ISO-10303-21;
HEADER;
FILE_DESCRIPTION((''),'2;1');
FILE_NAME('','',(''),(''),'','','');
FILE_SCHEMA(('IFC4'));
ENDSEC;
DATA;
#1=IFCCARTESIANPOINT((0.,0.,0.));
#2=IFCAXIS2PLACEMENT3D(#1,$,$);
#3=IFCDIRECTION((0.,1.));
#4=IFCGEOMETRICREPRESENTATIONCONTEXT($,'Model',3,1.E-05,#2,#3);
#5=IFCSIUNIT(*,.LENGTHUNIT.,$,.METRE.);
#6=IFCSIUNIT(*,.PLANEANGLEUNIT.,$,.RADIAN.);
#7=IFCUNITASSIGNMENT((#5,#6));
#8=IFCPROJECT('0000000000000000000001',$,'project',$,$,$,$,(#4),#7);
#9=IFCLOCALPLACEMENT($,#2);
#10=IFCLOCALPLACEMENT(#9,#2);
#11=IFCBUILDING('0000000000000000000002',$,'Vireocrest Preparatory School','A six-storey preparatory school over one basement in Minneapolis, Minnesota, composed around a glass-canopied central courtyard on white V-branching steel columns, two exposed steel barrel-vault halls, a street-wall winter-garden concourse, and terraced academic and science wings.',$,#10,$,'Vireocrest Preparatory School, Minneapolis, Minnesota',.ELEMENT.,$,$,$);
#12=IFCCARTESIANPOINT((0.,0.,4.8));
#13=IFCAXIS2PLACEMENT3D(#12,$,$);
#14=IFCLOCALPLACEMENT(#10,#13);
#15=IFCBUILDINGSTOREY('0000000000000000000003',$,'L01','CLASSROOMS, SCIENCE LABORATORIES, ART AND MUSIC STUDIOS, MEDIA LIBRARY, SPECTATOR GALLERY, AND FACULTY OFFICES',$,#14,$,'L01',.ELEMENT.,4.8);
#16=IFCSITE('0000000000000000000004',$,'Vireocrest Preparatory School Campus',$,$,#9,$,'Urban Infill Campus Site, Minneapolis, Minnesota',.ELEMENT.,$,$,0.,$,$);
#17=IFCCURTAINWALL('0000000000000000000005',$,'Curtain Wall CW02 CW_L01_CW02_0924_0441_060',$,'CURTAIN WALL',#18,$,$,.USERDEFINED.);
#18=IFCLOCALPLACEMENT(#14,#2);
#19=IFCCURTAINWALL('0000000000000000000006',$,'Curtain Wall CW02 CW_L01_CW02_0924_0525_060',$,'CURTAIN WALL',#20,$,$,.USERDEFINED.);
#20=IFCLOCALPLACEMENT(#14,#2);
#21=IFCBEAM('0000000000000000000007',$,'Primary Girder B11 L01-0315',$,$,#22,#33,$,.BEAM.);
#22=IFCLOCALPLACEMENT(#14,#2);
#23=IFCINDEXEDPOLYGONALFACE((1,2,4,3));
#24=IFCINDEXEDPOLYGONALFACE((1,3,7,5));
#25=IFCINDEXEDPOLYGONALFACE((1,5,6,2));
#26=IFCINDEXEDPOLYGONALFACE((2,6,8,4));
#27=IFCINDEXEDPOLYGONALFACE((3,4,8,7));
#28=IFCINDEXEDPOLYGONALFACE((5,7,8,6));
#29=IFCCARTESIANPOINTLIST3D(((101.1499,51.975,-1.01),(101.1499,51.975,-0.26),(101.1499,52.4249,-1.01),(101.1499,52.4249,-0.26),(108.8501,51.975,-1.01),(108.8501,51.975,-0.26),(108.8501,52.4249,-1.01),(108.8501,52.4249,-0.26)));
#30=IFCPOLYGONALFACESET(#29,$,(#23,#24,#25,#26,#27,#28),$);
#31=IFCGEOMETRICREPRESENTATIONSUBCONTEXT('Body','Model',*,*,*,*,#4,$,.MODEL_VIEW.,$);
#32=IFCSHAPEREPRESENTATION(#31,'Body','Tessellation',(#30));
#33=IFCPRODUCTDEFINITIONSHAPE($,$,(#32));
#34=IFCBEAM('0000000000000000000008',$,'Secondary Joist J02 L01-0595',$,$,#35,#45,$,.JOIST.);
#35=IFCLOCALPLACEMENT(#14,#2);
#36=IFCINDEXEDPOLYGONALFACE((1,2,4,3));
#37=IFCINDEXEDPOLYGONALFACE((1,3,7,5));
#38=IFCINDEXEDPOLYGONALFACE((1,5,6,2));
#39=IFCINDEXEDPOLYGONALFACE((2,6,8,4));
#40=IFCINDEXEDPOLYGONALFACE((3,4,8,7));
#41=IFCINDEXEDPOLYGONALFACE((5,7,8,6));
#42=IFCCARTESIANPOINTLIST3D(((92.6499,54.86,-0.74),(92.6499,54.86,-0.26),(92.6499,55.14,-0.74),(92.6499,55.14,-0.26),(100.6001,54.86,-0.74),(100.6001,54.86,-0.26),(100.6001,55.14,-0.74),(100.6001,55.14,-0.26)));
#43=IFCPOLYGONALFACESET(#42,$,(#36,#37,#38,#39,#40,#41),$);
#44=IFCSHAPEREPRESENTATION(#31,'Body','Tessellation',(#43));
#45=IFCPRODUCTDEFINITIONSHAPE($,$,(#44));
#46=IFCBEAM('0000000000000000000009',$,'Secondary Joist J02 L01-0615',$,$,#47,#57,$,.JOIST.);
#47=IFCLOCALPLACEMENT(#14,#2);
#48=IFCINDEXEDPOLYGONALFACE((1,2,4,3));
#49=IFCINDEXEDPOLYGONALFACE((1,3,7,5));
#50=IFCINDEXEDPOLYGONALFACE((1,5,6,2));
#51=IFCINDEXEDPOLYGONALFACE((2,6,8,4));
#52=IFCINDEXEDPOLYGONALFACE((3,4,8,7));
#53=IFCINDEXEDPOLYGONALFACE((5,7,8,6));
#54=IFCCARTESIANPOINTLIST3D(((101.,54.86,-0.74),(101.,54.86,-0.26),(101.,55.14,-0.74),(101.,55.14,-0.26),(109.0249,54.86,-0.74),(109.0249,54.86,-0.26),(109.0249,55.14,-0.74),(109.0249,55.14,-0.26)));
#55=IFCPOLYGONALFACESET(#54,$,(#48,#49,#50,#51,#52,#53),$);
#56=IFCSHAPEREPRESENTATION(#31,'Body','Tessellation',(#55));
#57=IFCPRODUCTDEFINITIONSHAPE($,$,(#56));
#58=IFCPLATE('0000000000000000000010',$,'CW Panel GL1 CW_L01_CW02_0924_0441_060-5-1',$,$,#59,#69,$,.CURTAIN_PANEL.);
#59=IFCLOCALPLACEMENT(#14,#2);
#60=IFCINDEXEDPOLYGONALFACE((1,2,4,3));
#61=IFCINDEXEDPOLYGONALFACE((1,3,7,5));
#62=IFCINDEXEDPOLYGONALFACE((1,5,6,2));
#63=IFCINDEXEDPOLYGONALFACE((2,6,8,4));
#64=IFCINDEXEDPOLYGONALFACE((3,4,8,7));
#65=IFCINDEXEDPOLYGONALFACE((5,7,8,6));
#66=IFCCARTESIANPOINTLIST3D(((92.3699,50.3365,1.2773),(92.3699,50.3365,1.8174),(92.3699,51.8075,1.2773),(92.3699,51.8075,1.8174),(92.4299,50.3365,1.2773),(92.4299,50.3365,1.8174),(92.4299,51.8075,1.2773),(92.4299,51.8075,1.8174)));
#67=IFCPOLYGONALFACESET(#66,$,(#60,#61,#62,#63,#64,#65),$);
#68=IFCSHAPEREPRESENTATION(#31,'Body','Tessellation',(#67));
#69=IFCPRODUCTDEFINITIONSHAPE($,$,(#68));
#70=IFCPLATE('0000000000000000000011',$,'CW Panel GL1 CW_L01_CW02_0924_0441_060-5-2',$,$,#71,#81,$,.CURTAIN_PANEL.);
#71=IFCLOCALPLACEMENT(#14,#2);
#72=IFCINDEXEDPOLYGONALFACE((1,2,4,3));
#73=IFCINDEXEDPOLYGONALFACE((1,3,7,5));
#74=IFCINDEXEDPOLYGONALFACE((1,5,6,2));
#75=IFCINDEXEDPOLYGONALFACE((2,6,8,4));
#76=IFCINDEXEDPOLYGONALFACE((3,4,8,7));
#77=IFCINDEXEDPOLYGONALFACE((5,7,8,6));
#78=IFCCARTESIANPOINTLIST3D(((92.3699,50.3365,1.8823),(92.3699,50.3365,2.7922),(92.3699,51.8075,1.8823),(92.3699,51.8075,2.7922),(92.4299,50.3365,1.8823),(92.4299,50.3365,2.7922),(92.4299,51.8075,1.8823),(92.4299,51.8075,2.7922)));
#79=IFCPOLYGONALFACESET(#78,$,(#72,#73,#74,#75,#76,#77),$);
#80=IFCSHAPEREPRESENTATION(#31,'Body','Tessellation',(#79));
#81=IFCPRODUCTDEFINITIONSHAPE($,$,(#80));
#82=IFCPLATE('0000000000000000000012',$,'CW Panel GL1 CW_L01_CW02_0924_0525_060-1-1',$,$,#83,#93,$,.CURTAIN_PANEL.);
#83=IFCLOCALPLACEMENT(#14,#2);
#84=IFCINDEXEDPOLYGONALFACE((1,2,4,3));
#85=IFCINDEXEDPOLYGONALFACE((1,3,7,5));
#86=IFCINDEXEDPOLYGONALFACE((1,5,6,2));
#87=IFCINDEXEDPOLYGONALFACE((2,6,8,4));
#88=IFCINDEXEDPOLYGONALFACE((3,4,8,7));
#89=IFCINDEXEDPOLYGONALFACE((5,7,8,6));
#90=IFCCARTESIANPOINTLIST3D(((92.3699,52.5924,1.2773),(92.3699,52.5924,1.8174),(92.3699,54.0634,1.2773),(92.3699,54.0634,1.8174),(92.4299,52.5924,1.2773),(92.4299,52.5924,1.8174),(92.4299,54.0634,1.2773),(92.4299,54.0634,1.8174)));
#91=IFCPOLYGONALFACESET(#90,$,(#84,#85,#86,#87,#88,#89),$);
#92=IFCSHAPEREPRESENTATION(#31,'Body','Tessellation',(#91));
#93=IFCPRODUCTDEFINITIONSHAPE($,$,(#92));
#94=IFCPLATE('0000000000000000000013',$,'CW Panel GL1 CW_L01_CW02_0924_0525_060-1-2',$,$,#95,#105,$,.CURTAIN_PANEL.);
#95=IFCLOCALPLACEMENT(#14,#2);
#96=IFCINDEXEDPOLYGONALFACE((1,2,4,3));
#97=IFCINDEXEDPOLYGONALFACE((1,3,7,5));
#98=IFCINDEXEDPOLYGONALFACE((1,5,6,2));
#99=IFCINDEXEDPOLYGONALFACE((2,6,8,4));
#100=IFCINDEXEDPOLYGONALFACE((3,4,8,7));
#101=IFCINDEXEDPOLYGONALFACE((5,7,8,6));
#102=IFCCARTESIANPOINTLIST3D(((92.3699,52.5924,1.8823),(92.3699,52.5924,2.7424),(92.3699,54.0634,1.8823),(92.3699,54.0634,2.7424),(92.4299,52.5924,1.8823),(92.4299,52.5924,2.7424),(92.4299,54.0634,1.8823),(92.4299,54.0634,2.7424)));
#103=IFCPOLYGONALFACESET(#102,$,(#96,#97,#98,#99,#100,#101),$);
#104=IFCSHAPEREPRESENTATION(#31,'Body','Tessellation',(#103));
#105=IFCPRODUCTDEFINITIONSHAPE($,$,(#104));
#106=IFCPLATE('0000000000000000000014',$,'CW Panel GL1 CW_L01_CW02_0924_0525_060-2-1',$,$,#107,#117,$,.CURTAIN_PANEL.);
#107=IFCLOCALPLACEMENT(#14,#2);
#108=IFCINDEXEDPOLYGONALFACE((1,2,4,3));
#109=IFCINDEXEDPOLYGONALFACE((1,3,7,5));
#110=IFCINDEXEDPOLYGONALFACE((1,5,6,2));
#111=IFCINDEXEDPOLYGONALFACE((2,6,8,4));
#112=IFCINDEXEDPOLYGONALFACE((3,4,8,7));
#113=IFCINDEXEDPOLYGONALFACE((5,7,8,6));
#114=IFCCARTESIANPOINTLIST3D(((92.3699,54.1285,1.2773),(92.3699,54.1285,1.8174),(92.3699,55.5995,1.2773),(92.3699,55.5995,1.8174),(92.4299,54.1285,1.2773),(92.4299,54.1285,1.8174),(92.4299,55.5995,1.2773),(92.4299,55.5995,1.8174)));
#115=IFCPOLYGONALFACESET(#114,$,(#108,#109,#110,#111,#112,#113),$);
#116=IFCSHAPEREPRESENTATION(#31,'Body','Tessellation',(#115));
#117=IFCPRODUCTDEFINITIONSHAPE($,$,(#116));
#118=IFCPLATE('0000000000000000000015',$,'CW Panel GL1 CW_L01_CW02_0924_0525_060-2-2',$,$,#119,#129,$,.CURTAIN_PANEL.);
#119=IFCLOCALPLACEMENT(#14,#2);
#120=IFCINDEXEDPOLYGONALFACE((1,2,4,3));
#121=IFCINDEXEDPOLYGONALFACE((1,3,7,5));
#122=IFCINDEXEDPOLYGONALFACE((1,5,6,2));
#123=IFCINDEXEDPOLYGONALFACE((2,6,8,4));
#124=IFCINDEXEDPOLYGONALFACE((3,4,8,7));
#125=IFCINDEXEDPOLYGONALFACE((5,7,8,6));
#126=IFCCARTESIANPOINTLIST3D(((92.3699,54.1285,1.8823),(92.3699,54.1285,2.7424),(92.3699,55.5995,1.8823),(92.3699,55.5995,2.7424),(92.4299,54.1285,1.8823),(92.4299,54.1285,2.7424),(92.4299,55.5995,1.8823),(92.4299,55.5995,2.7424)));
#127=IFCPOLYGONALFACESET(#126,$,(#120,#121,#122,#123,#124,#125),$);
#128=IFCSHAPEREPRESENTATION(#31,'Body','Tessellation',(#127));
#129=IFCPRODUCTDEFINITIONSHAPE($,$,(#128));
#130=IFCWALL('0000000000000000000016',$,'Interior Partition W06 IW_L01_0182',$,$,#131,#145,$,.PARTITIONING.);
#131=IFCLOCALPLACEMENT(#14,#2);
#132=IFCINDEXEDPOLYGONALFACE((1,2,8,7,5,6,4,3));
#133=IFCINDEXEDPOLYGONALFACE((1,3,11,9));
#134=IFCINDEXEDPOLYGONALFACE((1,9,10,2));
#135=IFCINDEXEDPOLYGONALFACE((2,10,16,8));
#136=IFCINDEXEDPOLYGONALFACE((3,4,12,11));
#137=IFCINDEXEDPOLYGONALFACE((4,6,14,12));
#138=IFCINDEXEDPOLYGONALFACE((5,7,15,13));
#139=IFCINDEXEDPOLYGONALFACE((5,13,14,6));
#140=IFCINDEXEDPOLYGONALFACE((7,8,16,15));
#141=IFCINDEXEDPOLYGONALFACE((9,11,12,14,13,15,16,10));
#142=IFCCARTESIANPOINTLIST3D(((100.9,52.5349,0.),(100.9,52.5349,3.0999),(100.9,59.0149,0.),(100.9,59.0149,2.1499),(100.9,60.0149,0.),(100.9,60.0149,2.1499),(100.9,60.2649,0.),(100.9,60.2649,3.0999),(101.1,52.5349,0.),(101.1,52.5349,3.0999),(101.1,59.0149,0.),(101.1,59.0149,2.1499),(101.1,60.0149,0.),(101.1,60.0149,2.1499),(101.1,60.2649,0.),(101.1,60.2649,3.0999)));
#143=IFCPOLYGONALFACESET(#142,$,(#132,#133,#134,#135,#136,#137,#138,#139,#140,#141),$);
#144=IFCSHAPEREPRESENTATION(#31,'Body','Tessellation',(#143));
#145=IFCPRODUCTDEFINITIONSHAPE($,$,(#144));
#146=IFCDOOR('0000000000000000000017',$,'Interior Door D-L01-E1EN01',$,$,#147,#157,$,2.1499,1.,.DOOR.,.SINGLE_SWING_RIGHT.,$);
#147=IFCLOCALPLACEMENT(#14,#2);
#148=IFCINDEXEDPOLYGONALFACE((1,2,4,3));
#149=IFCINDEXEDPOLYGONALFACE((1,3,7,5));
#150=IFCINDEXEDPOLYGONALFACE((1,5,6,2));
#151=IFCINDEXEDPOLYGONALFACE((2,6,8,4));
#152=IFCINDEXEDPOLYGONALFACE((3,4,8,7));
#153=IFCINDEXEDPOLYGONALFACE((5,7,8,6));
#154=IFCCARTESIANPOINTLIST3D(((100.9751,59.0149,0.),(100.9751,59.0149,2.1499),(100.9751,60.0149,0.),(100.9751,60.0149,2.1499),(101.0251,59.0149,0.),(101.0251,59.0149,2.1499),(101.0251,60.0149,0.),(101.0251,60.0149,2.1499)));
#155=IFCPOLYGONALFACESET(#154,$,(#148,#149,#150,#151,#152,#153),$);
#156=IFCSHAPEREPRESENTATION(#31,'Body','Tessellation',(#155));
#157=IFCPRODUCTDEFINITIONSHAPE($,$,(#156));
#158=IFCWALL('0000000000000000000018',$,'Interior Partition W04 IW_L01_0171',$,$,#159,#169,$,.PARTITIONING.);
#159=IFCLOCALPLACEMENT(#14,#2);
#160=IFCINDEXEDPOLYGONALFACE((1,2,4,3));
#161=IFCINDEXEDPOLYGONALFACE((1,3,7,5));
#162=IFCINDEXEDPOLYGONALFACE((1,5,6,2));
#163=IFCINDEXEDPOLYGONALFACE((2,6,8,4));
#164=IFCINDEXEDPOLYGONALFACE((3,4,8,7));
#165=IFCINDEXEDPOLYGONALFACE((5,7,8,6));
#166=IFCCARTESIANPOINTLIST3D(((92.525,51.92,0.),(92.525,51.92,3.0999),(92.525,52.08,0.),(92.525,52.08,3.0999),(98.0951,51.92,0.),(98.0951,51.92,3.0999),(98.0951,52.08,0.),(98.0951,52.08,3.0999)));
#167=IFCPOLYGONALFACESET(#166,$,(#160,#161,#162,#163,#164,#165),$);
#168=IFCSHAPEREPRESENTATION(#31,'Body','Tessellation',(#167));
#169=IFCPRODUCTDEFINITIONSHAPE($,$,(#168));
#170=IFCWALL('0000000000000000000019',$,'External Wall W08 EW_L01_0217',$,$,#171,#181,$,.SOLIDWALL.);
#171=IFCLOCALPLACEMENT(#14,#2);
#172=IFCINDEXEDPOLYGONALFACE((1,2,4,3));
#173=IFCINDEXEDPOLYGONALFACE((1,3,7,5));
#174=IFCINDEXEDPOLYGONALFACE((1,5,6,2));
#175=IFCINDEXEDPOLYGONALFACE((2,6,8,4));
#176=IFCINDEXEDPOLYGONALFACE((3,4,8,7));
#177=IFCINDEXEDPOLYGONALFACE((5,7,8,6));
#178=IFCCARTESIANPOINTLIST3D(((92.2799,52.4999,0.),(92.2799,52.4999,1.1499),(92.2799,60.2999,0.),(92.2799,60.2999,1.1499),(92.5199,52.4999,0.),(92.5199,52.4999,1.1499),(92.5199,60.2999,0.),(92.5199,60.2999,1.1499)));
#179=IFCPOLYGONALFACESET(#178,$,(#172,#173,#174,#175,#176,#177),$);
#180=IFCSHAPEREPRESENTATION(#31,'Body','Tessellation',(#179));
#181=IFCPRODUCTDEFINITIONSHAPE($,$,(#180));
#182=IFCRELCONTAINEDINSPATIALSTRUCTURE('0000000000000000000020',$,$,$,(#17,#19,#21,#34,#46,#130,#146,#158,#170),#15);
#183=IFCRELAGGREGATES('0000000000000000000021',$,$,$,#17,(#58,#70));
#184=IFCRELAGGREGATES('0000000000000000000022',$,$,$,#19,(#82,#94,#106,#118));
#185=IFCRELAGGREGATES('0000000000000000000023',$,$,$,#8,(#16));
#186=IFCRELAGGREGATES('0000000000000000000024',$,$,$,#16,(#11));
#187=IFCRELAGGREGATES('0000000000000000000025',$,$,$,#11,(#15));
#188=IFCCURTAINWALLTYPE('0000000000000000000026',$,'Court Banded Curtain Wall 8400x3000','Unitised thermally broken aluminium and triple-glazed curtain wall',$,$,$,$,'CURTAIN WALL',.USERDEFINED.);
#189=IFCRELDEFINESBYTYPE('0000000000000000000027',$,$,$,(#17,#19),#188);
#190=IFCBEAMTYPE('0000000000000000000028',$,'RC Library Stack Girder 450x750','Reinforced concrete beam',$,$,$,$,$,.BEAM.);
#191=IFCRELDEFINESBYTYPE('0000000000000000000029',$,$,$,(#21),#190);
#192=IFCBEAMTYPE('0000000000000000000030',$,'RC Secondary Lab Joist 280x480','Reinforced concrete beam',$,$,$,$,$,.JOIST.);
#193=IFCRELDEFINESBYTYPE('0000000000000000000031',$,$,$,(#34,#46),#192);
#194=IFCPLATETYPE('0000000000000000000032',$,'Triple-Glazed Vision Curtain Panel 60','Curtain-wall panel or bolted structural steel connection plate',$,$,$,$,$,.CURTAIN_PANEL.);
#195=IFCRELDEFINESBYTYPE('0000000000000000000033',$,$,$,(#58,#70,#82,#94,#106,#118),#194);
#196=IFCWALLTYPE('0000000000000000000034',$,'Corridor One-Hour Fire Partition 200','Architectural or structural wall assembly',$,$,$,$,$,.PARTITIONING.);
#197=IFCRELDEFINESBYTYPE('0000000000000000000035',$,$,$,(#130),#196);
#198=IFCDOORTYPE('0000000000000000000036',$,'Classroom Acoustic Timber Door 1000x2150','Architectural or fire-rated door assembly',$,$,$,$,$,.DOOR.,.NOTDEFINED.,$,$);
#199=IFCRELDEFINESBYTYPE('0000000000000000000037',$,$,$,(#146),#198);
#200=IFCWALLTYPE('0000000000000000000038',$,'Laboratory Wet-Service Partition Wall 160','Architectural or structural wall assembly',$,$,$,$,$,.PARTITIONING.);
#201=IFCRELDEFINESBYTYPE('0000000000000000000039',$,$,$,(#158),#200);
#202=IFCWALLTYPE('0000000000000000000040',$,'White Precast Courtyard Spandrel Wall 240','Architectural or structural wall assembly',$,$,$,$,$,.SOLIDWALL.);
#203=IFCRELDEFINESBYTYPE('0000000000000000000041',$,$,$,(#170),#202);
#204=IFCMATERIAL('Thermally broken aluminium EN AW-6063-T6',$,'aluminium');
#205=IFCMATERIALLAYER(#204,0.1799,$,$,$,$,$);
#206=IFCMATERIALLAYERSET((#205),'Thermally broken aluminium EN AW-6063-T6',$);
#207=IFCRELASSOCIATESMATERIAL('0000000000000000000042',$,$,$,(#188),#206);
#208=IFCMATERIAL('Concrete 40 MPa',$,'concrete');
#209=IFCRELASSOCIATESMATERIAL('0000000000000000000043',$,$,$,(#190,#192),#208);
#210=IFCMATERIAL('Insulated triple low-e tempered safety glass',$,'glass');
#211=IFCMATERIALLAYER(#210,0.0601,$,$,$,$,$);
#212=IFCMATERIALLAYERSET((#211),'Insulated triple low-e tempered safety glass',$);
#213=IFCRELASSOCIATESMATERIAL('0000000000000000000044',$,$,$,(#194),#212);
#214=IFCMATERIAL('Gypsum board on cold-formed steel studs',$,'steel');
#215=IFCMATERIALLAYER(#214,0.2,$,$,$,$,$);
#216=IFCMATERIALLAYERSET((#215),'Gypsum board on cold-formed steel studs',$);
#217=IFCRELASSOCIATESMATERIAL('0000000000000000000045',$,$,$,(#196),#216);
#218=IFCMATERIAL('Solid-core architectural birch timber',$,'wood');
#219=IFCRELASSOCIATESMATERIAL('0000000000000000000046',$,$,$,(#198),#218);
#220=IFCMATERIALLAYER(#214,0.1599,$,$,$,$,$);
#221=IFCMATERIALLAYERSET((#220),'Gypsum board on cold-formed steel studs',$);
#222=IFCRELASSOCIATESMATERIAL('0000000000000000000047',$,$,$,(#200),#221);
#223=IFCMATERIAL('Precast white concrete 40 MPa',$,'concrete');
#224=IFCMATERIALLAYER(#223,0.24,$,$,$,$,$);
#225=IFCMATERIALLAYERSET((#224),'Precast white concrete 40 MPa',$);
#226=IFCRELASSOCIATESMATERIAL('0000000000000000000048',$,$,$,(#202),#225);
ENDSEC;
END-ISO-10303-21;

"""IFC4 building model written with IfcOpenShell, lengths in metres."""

from ifc_helpers import new_model, si_unit, direction, frame, frame_2d, origin, origin_2d, place, context, subcontext, project, spatial, rectangle, extrude, material, layer, layer_set, material_profile, profile_set, type_object, element, fill, aggregate, save


model = new_model("IFC4")

# Units and contexts
model_context = context("Model", 3, precision=1e-05, world=origin(), true_north=direction((0.0, 1.0)))
body_context = subcontext(model_context, "Body", "Model", "MODEL_VIEW")
ifc_project = project(units=[si_unit("LENGTHUNIT", "METRE"), si_unit("PLANEANGLEUNIT", "RADIAN")], contexts=[model_context])

# Site, building, storey
site_placement = place(None, origin())
site = spatial("IfcSite", under=ifc_project, at=site_placement, Name="Vireocrest Preparatory School Campus", LongName="Urban Infill Campus Site, Minneapolis, Minnesota", CompositionType="ELEMENT", RefElevation=0.0)
building_placement = place(site_placement, origin())
building = spatial("IfcBuilding", under=site, at=building_placement, Name="Vireocrest Preparatory School", Description="A six-storey preparatory school over one basement in Minneapolis, Minnesota, composed around a glass-canopied central courtyard on white V-branching steel columns, two exposed steel barrel-vault halls, a street-wall winter-garden concourse, and terraced academic and science wings.", LongName="Vireocrest Preparatory School, Minneapolis, Minnesota", CompositionType="ELEMENT")
storey_placement = place(building_placement, frame((0.0, 0.0, 4.8)))
storey = spatial("IfcBuildingStorey", under=building, at=storey_placement, Name="L01", Description="CLASSROOMS, SCIENCE LABORATORIES, ART AND MUSIC STUDIOS, MEDIA LIBRARY, SPECTATOR GALLERY, AND FACULTY OFFICES", LongName="L01", CompositionType="ELEMENT", Elevation=4.8)

# Curtain wall
ifc_material_1 = material(Name="Thermally broken aluminium EN AW-6063-T6", Category="aluminium")
ifc_layer_1 = layer(ifc_material_1, 0.1799)
ifc_layer_set_1 = layer_set([ifc_layer_1], Name="Thermally broken aluminium EN AW-6063-T6")
curtain_wall_type = type_object("IfcCurtainWallType", Name="Court Banded Curtain Wall 8400x3000", Description="Unitised thermally broken aluminium and triple-glazed curtain wall", ElementType="CURTAIN WALL", PredefinedType="USERDEFINED", material=ifc_layer_set_1)
curtain_wall_1_placement = place(storey_placement, origin())
curtain_wall_1 = element("IfcCurtainWall", 1, at=curtain_wall_1_placement, inside=storey, type_object=curtain_wall_type, Name="Curtain Wall CW02 CW_L01_CW02_0924_0441_060", ObjectType="CURTAIN WALL", PredefinedType="USERDEFINED")

# Curtain wall
curtain_wall_2_placement = place(storey_placement, origin())
curtain_wall_2 = element("IfcCurtainWall", 2, at=curtain_wall_2_placement, inside=storey, type_object=curtain_wall_type, Name="Curtain Wall CW02 CW_L01_CW02_0924_0525_060", ObjectType="CURTAIN WALL", PredefinedType="USERDEFINED")

# Beams
ifc_material_2 = material(Name="Concrete 40 MPa", Category="concrete")
ifc_material_profile_1 = material_profile(ifc_material_2, rectangle(XDim=0.45, YDim=0.75, at=origin_2d()), Name="RC 450x750")
ifc_profile_set_1 = profile_set([ifc_material_profile_1], Name="Concrete 40 MPa")
beam_type_1 = type_object("IfcBeamType", Name="RC Library Stack Girder 450x750", Description="Reinforced concrete beam", PredefinedType="BEAM", material=ifc_profile_set_1)
beam_1_placement = place(storey_placement, frame((101.1499, 52.2, -0.635), z_axis=(1.0, 0.0, 0.0), x_axis=(0.0, 1.0, 0.0)))
element("IfcBeam", 3, at=beam_1_placement, inside=storey, type_object=beam_type_1, Name="Primary Girder B11 L01-0315", PredefinedType="BEAM", context=body_context, shape_type="SweptSolid", body=[
    extrude(rectangle(XDim=0.45, YDim=0.75, at=origin_2d()), origin(), (0.0, 0.0, 1.0), 7.7002),
])
ifc_material_profile_2 = material_profile(ifc_material_2, rectangle(XDim=0.28, YDim=0.48, at=origin_2d()), Name="RC 280x480")
ifc_profile_set_2 = profile_set([ifc_material_profile_2], Name="Concrete 40 MPa")
beam_type_2 = type_object("IfcBeamType", Name="RC Secondary Lab Joist 280x480", Description="Reinforced concrete beam", PredefinedType="JOIST", material=ifc_profile_set_2)
beam_2_placement = place(storey_placement, frame((92.6499, 55.0, -0.5), z_axis=(1.0, 0.0, 0.0), x_axis=(0.0, 1.0, 0.0)))
element("IfcBeam", 4, at=beam_2_placement, inside=storey, type_object=beam_type_2, Name="Secondary Joist J02 L01-0595", PredefinedType="JOIST", context=body_context, shape_type="SweptSolid", body=[
    extrude(rectangle(XDim=0.28, YDim=0.48, at=origin_2d()), origin(), (0.0, 0.0, 1.0), 7.9502),
])
beam_3_placement = place(storey_placement, frame((101.0, 55.0, -0.5), z_axis=(1.0, 0.0, 0.0), x_axis=(0.0, 1.0, 0.0)))
element("IfcBeam", 5, at=beam_3_placement, inside=storey, type_object=beam_type_2, Name="Secondary Joist J02 L01-0615", PredefinedType="JOIST", context=body_context, shape_type="SweptSolid", body=[
    extrude(rectangle(XDim=0.28, YDim=0.48, at=origin_2d()), origin(), (0.0, 0.0, 1.0), 8.0249),
])

# Plates
ifc_material_3 = material(Name="Insulated triple low-e tempered safety glass", Category="glass")
ifc_layer_2 = layer(ifc_material_3, 0.0601)
ifc_layer_set_2 = layer_set([ifc_layer_2], Name="Insulated triple low-e tempered safety glass")
plate_type = type_object("IfcPlateType", Name="Triple-Glazed Vision Curtain Panel 60", Description="Curtain-wall panel or bolted structural steel connection plate", PredefinedType="CURTAIN_PANEL", material=ifc_layer_set_2)
plate_1_placement = place(storey_placement, frame((92.3999, 51.072, 1.2773), z_axis=(0.0, 0.0, 1.0), x_axis=(0.0, 1.0, 0.0)))
plate_1 = element("IfcPlate", 6, at=plate_1_placement, type_object=plate_type, Name="CW Panel GL1 CW_L01_CW02_0924_0441_060-5-1", PredefinedType="CURTAIN_PANEL", context=body_context, shape_type="SweptSolid", body=[
    extrude(rectangle(XDim=1.4709, YDim=0.0601, at=origin_2d()), origin(), (0.0, 0.0, 1.0), 0.54),
])
plate_2_placement = place(storey_placement, frame((92.3999, 51.072, 1.8823), z_axis=(0.0, 0.0, 1.0), x_axis=(0.0, 1.0, 0.0)))
plate_2 = element("IfcPlate", 7, at=plate_2_placement, type_object=plate_type, Name="CW Panel GL1 CW_L01_CW02_0924_0441_060-5-2", PredefinedType="CURTAIN_PANEL", context=body_context, shape_type="SweptSolid", body=[
    extrude(rectangle(XDim=1.4709, YDim=0.0601, at=origin_2d()), origin(), (0.0, 0.0, 1.0), 0.9099),
])
aggregate(curtain_wall_1, [plate_1, plate_2])
plate_3_placement = place(storey_placement, frame((92.3999, 53.3279, 1.2773), z_axis=(0.0, 0.0, 1.0), x_axis=(0.0, 1.0, 0.0)))
plate_3 = element("IfcPlate", 8, at=plate_3_placement, type_object=plate_type, Name="CW Panel GL1 CW_L01_CW02_0924_0525_060-1-1", PredefinedType="CURTAIN_PANEL", context=body_context, shape_type="SweptSolid", body=[
    extrude(rectangle(XDim=1.4709, YDim=0.0601, at=origin_2d()), origin(), (0.0, 0.0, 1.0), 0.54),
])
plate_4_placement = place(storey_placement, frame((92.3999, 53.3279, 1.8823), z_axis=(0.0, 0.0, 1.0), x_axis=(0.0, 1.0, 0.0)))
plate_4 = element("IfcPlate", 9, at=plate_4_placement, type_object=plate_type, Name="CW Panel GL1 CW_L01_CW02_0924_0525_060-1-2", PredefinedType="CURTAIN_PANEL", context=body_context, shape_type="SweptSolid", body=[
    extrude(rectangle(XDim=1.4709, YDim=0.0601, at=origin_2d()), origin(), (0.0, 0.0, 1.0), 0.8601),
])
plate_5_placement = place(storey_placement, frame((92.3999, 54.864, 1.2773), z_axis=(0.0, 0.0, 1.0), x_axis=(0.0, 1.0, 0.0)))
plate_5 = element("IfcPlate", 10, at=plate_5_placement, type_object=plate_type, Name="CW Panel GL1 CW_L01_CW02_0924_0525_060-2-1", PredefinedType="CURTAIN_PANEL", context=body_context, shape_type="SweptSolid", body=[
    extrude(rectangle(XDim=1.4709, YDim=0.0601, at=origin_2d()), origin(), (0.0, 0.0, 1.0), 0.54),
])
plate_6_placement = place(storey_placement, frame((92.3999, 54.864, 1.8823), z_axis=(0.0, 0.0, 1.0), x_axis=(0.0, 1.0, 0.0)))
plate_6 = element("IfcPlate", 11, at=plate_6_placement, type_object=plate_type, Name="CW Panel GL1 CW_L01_CW02_0924_0525_060-2-2", PredefinedType="CURTAIN_PANEL", context=body_context, shape_type="SweptSolid", body=[
    extrude(rectangle(XDim=1.4709, YDim=0.0601, at=origin_2d()), origin(), (0.0, 0.0, 1.0), 0.8601),
])
aggregate(curtain_wall_2, [plate_3, plate_4, plate_5, plate_6])

# Wall, opening, door
ifc_material_4 = material(Name="Gypsum board on cold-formed steel studs", Category="steel")
ifc_layer_3 = layer(ifc_material_4, 0.2)
ifc_layer_set_3 = layer_set([ifc_layer_3], Name="Gypsum board on cold-formed steel studs")
wall_type_1 = type_object("IfcWallType", Name="Corridor One-Hour Fire Partition 200", Description="Architectural or structural wall assembly", PredefinedType="PARTITIONING", material=ifc_layer_set_3)
wall_1_placement = place(storey_placement, frame((101.0, 52.5349, 0.0), z_axis=(0.0, 0.0, 1.0), x_axis=(0.0, 1.0, 0.0)))
wall_1 = element("IfcWall", 12, at=wall_1_placement, inside=storey, type_object=wall_type_1, Name="Interior Partition W06 IW_L01_0182", PredefinedType="PARTITIONING", context=body_context, shape_type="SweptSolid", body=[
    extrude(rectangle(XDim=7.73, YDim=0.2, at=frame_2d((3.865, 0.0))), origin(), (0.0, 0.0, 1.0), 3.0999),
])
opening_placement = place(wall_1_placement, frame((6.48, 0.0, 0.0)))
opening = element("IfcOpeningElement", 13, at=opening_placement, cuts=wall_1, PredefinedType="OPENING", context=body_context, shape_type="SweptSolid", body=[
    extrude(rectangle(XDim=1.0, YDim=2.1499, at=frame_2d((0.5, 1.075))), frame((0.0, 0.1099, 0.0), z_axis=(0.0, -1.0, 0.0), x_axis=(1.0, 0.0, 0.0)), (0.0, 0.0, 1.0), 0.22),
])
ifc_material_5 = material(Name="Solid-core architectural birch timber", Category="wood")
door_type = type_object("IfcDoorType", Name="Classroom Acoustic Timber Door 1000x2150", Description="Architectural or fire-rated door assembly", OperationType="NOTDEFINED", PredefinedType="DOOR", material=ifc_material_5)
door_placement = place(opening_placement, origin())
door = element("IfcDoor", 14, at=door_placement, inside=storey, type_object=door_type, Name="Interior Door D-L01-E1EN01", OperationType="SINGLE_SWING_RIGHT", OverallHeight=2.1499, OverallWidth=1.0, PredefinedType="DOOR", context=body_context, shape_type="SweptSolid", body=[
    extrude(rectangle(XDim=1.0, YDim=2.1499, at=frame_2d((0.5, 1.075))), frame((0.0, 0.0249, 0.0), z_axis=(0.0, -1.0, 0.0), x_axis=(1.0, 0.0, 0.0)), (0.0, 0.0, 1.0), 0.05),
])
fill(opening, door)

# Walls
ifc_layer_4 = layer(ifc_material_4, 0.1599)
ifc_layer_set_4 = layer_set([ifc_layer_4], Name="Gypsum board on cold-formed steel studs")
wall_type_2 = type_object("IfcWallType", Name="Laboratory Wet-Service Partition Wall 160", Description="Architectural or structural wall assembly", PredefinedType="PARTITIONING", material=ifc_layer_set_4)
wall_2_placement = place(storey_placement, frame((92.5249, 52.0, 0.0), z_axis=(0.0, 0.0, 1.0), x_axis=(1.0, 0.0, 0.0)))
element("IfcWall", 15, at=wall_2_placement, inside=storey, type_object=wall_type_2, Name="Interior Partition W04 IW_L01_0171", PredefinedType="PARTITIONING", context=body_context, shape_type="SweptSolid", body=[
    extrude(rectangle(XDim=5.5701, YDim=0.1599, at=frame_2d((2.7852, 0.0))), origin(), (0.0, 0.0, 1.0), 3.0999),
])
ifc_material_6 = material(Name="Precast white concrete 40 MPa", Category="concrete")
ifc_layer_5 = layer(ifc_material_6, 0.24)
ifc_layer_set_5 = layer_set([ifc_layer_5], Name="Precast white concrete 40 MPa")
wall_type_3 = type_object("IfcWallType", Name="White Precast Courtyard Spandrel Wall 240", Description="Architectural or structural wall assembly", PredefinedType="SOLIDWALL", material=ifc_layer_set_5)
wall_3_placement = place(storey_placement, frame((92.3999, 52.5, 0.0), z_axis=(0.0, 0.0, 1.0), x_axis=(0.0, 1.0, 0.0)))
element("IfcWall", 16, at=wall_3_placement, inside=storey, type_object=wall_type_3, Name="External Wall W08 EW_L01_0217", PredefinedType="SOLIDWALL", context=body_context, shape_type="SweptSolid", body=[
    extrude(rectangle(XDim=7.8, YDim=0.24, at=frame_2d((3.8999, 0.0))), origin(), (0.0, 0.0, 1.0), 1.1499),
])

save(model, "model.ifc")
